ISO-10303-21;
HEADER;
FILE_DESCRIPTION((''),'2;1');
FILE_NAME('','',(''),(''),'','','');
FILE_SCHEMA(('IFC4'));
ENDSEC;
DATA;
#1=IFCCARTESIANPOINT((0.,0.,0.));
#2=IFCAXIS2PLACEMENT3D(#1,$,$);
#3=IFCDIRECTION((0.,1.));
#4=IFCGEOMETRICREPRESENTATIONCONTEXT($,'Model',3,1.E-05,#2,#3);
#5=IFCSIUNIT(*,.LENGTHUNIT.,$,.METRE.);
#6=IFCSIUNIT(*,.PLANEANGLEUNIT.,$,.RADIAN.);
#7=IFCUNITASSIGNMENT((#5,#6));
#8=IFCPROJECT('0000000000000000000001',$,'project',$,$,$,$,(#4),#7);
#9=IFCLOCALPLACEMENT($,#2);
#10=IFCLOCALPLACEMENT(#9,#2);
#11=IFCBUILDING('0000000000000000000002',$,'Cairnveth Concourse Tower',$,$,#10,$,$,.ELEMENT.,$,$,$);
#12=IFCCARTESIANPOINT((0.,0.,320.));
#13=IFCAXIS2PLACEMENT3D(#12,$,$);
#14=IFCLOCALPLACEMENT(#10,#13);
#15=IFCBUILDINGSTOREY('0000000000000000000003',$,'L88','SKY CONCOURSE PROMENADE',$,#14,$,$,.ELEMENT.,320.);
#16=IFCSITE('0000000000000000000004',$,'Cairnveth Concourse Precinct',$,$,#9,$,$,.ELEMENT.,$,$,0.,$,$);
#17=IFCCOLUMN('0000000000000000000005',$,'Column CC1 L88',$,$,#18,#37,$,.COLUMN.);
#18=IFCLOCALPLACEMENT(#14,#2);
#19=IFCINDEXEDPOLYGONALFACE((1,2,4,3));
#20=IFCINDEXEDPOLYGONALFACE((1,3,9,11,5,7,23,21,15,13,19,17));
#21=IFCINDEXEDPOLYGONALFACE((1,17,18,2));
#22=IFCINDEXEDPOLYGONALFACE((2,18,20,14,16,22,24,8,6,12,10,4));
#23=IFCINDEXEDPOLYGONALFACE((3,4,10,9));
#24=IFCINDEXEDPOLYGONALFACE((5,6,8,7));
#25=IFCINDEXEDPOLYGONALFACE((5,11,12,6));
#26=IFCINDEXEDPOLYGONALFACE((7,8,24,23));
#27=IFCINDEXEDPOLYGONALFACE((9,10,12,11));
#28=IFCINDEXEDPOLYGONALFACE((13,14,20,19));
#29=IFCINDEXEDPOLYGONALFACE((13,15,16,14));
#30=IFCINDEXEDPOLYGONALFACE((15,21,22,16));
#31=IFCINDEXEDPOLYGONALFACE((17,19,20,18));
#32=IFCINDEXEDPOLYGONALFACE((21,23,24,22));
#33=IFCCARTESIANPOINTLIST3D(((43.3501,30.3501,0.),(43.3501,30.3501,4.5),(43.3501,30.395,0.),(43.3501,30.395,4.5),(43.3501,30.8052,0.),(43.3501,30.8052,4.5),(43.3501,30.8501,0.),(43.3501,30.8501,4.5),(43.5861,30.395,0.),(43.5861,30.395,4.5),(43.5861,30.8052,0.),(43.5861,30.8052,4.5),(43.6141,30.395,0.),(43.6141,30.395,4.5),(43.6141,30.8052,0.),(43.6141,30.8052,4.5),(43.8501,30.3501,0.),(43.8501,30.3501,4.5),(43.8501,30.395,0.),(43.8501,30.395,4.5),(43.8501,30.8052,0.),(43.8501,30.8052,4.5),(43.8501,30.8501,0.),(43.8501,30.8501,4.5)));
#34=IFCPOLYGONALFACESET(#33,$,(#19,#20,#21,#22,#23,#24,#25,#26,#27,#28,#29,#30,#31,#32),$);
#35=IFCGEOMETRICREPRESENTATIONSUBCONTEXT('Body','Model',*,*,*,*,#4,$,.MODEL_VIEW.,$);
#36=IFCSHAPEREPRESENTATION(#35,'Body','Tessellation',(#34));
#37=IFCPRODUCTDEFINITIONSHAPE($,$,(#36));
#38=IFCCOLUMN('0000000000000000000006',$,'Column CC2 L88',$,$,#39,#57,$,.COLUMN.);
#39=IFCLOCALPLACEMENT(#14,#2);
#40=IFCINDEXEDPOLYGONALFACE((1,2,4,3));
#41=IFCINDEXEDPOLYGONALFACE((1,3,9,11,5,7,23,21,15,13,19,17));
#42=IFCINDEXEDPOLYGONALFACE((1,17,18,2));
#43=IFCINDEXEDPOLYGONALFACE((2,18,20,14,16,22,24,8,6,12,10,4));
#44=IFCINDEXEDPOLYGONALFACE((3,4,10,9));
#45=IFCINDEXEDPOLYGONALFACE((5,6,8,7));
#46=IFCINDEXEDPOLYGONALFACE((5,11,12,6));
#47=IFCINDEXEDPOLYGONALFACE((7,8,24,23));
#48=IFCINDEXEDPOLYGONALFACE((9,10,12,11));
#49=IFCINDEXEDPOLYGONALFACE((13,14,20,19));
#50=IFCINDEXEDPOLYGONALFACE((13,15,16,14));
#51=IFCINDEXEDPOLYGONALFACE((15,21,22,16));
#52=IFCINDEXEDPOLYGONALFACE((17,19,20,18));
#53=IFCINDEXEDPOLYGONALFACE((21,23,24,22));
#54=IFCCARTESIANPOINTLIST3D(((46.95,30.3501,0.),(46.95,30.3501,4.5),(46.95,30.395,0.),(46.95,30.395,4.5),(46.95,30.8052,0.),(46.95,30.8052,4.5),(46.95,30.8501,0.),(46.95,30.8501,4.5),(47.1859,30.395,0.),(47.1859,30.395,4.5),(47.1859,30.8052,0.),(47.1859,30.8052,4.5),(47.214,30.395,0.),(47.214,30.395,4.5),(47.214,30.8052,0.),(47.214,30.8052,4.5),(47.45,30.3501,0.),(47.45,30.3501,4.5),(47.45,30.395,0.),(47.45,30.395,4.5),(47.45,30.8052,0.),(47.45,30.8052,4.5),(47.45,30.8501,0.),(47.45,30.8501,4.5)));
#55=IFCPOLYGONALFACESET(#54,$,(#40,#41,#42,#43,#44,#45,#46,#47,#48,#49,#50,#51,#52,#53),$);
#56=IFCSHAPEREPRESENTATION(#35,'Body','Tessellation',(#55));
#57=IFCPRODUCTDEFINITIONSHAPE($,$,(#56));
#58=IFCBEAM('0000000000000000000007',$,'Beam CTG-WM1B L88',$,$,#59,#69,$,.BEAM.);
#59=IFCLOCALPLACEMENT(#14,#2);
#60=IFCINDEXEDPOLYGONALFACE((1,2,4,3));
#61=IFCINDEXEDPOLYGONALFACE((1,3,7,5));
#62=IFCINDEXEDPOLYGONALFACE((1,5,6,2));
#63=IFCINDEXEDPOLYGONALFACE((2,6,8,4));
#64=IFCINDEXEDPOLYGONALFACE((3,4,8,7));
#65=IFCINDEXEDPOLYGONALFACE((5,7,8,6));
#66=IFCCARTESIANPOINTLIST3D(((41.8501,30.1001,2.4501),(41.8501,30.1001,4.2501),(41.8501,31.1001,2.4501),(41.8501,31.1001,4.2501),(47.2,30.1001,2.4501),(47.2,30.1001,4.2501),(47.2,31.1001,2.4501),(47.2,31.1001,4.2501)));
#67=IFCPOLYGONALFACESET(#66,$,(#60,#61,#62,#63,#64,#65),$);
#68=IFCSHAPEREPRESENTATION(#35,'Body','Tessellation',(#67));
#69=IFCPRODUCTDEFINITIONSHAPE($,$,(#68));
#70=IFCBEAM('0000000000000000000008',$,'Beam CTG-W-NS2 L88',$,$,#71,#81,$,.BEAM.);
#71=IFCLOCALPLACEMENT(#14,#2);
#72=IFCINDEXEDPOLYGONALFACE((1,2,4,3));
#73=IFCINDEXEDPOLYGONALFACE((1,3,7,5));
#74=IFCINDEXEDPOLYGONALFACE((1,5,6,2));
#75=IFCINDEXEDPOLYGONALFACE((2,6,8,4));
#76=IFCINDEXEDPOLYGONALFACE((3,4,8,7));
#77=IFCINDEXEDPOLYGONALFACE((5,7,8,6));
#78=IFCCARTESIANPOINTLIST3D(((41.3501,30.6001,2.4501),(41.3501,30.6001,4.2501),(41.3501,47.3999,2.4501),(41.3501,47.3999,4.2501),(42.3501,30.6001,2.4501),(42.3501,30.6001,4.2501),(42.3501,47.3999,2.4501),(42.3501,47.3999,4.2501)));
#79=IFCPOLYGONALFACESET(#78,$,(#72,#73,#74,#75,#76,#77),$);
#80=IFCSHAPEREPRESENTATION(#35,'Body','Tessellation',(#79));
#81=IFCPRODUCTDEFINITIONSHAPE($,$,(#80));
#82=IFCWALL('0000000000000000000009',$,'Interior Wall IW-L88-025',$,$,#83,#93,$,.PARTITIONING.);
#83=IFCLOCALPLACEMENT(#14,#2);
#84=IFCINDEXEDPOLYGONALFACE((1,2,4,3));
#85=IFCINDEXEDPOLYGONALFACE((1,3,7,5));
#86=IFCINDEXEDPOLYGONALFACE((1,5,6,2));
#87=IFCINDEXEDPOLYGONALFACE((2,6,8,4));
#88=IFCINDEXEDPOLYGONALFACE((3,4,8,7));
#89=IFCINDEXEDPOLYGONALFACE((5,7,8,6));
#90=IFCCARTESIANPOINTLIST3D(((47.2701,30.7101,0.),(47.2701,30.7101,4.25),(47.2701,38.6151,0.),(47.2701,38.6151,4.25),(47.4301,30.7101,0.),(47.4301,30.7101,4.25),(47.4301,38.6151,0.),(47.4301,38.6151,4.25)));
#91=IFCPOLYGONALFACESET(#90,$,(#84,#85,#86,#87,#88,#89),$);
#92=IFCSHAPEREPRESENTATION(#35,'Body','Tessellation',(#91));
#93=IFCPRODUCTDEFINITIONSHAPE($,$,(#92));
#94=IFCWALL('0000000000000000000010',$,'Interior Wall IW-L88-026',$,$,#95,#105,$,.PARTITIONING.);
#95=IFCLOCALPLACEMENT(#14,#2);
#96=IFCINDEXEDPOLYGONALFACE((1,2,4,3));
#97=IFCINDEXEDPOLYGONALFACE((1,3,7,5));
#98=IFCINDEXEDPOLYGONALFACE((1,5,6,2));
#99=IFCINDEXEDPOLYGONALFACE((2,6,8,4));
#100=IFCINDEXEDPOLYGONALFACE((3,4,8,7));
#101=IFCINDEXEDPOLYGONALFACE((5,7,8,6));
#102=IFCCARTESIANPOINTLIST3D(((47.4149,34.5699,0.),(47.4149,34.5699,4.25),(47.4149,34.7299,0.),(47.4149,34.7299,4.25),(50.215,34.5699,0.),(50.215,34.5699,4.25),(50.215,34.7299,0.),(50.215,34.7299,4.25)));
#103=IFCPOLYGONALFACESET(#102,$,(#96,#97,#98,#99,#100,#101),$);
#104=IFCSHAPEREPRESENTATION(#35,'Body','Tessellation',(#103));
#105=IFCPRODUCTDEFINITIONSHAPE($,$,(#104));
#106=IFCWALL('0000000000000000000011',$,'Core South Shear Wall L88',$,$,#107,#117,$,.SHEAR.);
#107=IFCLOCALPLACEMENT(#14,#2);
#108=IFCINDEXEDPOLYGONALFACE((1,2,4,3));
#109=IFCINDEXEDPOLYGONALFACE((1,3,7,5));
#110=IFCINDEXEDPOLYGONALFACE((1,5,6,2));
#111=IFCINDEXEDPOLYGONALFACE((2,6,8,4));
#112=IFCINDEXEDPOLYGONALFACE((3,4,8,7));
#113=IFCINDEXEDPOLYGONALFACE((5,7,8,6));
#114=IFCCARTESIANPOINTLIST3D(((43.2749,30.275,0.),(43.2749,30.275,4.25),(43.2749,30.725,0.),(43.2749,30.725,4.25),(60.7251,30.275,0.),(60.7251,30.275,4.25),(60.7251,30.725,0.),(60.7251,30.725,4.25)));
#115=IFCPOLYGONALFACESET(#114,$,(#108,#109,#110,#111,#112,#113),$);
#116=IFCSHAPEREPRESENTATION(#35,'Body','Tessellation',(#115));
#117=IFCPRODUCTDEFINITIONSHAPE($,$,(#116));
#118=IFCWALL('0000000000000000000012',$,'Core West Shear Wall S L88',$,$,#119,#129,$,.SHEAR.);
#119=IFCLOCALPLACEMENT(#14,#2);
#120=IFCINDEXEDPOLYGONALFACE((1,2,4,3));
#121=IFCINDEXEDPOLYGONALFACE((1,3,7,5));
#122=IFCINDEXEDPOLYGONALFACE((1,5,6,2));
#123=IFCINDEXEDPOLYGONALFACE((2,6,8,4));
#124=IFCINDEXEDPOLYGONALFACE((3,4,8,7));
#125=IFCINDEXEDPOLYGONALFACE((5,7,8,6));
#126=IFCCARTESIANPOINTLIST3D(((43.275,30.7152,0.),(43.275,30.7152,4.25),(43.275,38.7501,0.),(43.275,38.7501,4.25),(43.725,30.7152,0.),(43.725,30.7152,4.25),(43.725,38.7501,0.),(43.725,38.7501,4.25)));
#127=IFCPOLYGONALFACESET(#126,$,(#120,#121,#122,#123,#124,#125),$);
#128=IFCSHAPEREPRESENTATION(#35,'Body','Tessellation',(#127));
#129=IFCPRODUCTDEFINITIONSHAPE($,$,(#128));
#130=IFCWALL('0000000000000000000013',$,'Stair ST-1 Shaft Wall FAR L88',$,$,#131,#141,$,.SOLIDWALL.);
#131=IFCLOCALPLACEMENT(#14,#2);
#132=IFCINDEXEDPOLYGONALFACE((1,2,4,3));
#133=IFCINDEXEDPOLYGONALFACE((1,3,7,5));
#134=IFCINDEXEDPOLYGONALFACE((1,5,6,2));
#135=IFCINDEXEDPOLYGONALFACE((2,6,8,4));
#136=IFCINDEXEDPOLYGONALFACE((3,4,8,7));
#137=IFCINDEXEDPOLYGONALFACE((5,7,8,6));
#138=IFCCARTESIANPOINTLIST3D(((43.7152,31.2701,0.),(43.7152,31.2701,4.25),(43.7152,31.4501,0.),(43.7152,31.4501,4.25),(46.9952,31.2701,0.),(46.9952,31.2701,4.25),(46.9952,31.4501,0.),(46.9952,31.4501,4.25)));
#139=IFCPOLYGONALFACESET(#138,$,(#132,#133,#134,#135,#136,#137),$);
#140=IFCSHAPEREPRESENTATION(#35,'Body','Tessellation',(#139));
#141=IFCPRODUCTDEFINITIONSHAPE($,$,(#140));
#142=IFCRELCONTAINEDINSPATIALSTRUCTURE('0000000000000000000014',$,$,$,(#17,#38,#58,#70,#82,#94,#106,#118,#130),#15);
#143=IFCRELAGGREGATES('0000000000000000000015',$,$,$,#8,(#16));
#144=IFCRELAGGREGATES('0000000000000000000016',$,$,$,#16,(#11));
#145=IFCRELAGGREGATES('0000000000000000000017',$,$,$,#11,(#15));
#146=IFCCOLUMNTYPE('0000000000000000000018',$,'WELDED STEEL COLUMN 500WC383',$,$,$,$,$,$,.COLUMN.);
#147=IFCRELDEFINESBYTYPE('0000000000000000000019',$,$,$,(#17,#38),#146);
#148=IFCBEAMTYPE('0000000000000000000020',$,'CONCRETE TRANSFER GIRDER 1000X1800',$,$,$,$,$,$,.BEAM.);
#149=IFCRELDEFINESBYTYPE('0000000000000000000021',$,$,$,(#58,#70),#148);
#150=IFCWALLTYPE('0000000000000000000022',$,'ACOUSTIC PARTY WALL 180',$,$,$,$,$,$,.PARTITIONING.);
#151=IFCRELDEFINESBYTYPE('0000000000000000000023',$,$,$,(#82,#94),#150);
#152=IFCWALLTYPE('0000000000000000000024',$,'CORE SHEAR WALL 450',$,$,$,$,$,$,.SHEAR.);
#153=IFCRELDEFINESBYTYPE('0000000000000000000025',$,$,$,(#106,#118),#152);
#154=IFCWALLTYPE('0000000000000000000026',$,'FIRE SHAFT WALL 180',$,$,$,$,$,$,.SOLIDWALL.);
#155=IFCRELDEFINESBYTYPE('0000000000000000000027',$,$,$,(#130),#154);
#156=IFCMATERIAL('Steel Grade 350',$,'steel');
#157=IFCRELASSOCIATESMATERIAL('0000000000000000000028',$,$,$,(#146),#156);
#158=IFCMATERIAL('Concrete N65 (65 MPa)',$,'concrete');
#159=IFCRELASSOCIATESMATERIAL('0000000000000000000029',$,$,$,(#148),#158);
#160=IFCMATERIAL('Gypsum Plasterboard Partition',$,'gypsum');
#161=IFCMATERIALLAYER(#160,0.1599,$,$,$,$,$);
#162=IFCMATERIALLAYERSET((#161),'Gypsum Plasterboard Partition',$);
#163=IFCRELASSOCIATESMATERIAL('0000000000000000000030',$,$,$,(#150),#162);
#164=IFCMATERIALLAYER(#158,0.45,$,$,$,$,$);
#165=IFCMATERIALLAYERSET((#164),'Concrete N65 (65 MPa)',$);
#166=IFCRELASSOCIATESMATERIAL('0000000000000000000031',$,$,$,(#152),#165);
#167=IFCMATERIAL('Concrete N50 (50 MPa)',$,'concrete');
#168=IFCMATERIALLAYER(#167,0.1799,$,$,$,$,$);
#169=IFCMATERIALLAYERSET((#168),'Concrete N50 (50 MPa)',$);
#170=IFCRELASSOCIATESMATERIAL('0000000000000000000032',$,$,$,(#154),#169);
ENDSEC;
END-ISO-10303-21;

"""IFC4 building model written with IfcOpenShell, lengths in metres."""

from ifc_helpers import new_model, si_unit, direction, frame, frame_2d, origin, origin_2d, place, context, subcontext, project, spatial, rectangle, i_section, extrude, material, layer, layer_set, material_profile, profile_set, type_object, element, save


model = new_model("IFC4")

# Units and contexts
model_context = context("Model", 3, precision=1e-05, world=origin(), true_north=direction((0.0, 1.0)))
body_context = subcontext(model_context, "Body", "Model", "MODEL_VIEW")
ifc_project = project(units=[si_unit("LENGTHUNIT", "METRE"), si_unit("PLANEANGLEUNIT", "RADIAN")], contexts=[model_context])

# Site, building, storey
site_placement = place(None, origin())
site = spatial("IfcSite", under=ifc_project, at=site_placement, Name="Cairnveth Concourse Precinct", CompositionType="ELEMENT", RefElevation=0.0)
building_placement = place(site_placement, origin())
building = spatial("IfcBuilding", under=site, at=building_placement, Name="Cairnveth Concourse Tower", CompositionType="ELEMENT")
storey_placement = place(building_placement, frame((0.0, 0.0, 320.0)))
storey = spatial("IfcBuildingStorey", under=building, at=storey_placement, Name="L88", Description="SKY CONCOURSE PROMENADE", CompositionType="ELEMENT", Elevation=320.0)

# Columns
ifc_material_1 = material(Name="Steel Grade 350", Category="steel")
ifc_material_profile_1 = material_profile(ifc_material_1, i_section(OverallWidth=0.5, OverallDepth=0.5, WebThickness=0.0281, FlangeThickness=0.0449, at=origin_2d()), Name="500WC383")
ifc_profile_set_1 = profile_set([ifc_material_profile_1], Name="Steel Grade 350")
column_type = type_object("IfcColumnType", Name="WELDED STEEL COLUMN 500WC383", PredefinedType="COLUMN", material=ifc_profile_set_1)
for number, where, z_axis, x_axis, name in (
    (1, (43.6001, 30.6001, 0.0), (0.0, 0.0, 1.0), (1.0, 0.0, 0.0), "Column CC1 L88"),
    (2, (47.2, 30.6001, 0.0), (0.0, 0.0, 1.0), (1.0, 0.0, 0.0), "Column CC2 L88"),
):
    element("IfcColumn", number, at=place(storey_placement, frame(where, z_axis=z_axis, x_axis=x_axis)), inside=storey, type_object=column_type, Name=name, PredefinedType="COLUMN", context=body_context, shape_type="SweptSolid", body=[
        extrude(i_section(OverallWidth=0.5, OverallDepth=0.5, WebThickness=0.0281, FlangeThickness=0.0449, at=origin_2d()), origin(), (0.0, 0.0, 1.0), 4.5),
    ])

# Beams
ifc_material_2 = material(Name="Concrete N65 (65 MPa)", Category="concrete")
ifc_material_profile_2 = material_profile(ifc_material_2, rectangle(XDim=1.0, YDim=1.8, at=origin_2d()), Name="RC-TB-1000x1800")
ifc_profile_set_2 = profile_set([ifc_material_profile_2], Name="Concrete N65 (65 MPa)")
beam_type = type_object("IfcBeamType", Name="CONCRETE TRANSFER GIRDER 1000X1800", PredefinedType="BEAM", material=ifc_profile_set_2)
beam_1_placement = place(storey_placement, frame((41.8501, 30.6001, 3.3501), z_axis=(1.0, 0.0, 0.0), x_axis=(0.0, 1.0, 0.0)))
element("IfcBeam", 3, at=beam_1_placement, inside=storey, type_object=beam_type, Name="Beam CTG-WM1B L88", PredefinedType="BEAM", context=body_context, shape_type="SweptSolid", body=[
    extrude(rectangle(XDim=1.0, YDim=1.8, at=origin_2d()), origin(), (0.0, 0.0, 1.0), 5.3499),
])
beam_2_placement = place(storey_placement, frame((41.8501, 30.6001, 3.3501), z_axis=(0.0, 1.0, 0.0), x_axis=(-1.0, 0.0, 0.0)))
element("IfcBeam", 4, at=beam_2_placement, inside=storey, type_object=beam_type, Name="Beam CTG-W-NS2 L88", PredefinedType="BEAM", context=body_context, shape_type="SweptSolid", body=[
    extrude(rectangle(XDim=1.0, YDim=1.8, at=origin_2d()), origin(), (0.0, 0.0, 1.0), 16.7998),
])

# Walls
ifc_material_3 = material(Name="Gypsum Plasterboard Partition", Category="gypsum")
ifc_layer_1 = layer(ifc_material_3, 0.1599)
ifc_layer_set_1 = layer_set([ifc_layer_1], Name="Gypsum Plasterboard Partition")
wall_type_1 = type_object("IfcWallType", Name="ACOUSTIC PARTY WALL 180", PredefinedType="PARTITIONING", material=ifc_layer_set_1)
wall_1_placement = place(storey_placement, frame((47.3501, 30.71, 0.0), z_axis=(0.0, 0.0, 1.0), x_axis=(0.0, 1.0, 0.0)))
element("IfcWall", 5, at=wall_1_placement, inside=storey, type_object=wall_type_1, Name="Interior Wall IW-L88-025", PredefinedType="PARTITIONING", context=body_context, shape_type="SweptSolid", body=[
    extrude(rectangle(XDim=7.905, YDim=0.1599, at=frame_2d((3.9526, 0.0))), origin(), (0.0, 0.0, 1.0), 4.25),
])
wall_2_placement = place(storey_placement, frame((47.415, 34.6499, 0.0), z_axis=(0.0, 0.0, 1.0), x_axis=(1.0, 0.0, 0.0)))
element("IfcWall", 6, at=wall_2_placement, inside=storey, type_object=wall_type_1, Name="Interior Wall IW-L88-026", PredefinedType="PARTITIONING", context=body_context, shape_type="SweptSolid", body=[
    extrude(rectangle(XDim=2.8, YDim=0.1599, at=frame_2d((1.3999, 0.0))), origin(), (0.0, 0.0, 1.0), 4.25),
])
ifc_layer_2 = layer(ifc_material_2, 0.45)
ifc_layer_set_2 = layer_set([ifc_layer_2], Name="Concrete N65 (65 MPa)")
wall_type_2 = type_object("IfcWallType", Name="CORE SHEAR WALL 450", PredefinedType="SHEAR", material=ifc_layer_set_2)
wall_3_placement = place(storey_placement, frame((43.2749, 30.5, 0.0), z_axis=(0.0, 0.0, 1.0), x_axis=(1.0, 0.0, 0.0)))
element("IfcWall", 7, at=wall_3_placement, inside=storey, type_object=wall_type_2, Name="Core South Shear Wall L88", PredefinedType="SHEAR", context=body_context, shape_type="SweptSolid", body=[
    extrude(rectangle(XDim=17.4502, YDim=0.45, at=frame_2d((8.7251, 0.0))), origin(), (0.0, 0.0, 1.0), 4.25),
])
wall_4_placement = place(storey_placement, frame((43.5, 30.7151, 0.0), z_axis=(0.0, 0.0, 1.0), x_axis=(0.0, 1.0, 0.0)))
element("IfcWall", 8, at=wall_4_placement, inside=storey, type_object=wall_type_2, Name="Core West Shear Wall S L88", PredefinedType="SHEAR", context=body_context, shape_type="SweptSolid", body=[
    extrude(rectangle(XDim=8.0349, YDim=0.45, at=frame_2d((4.0176, 0.0))), origin(), (0.0, 0.0, 1.0), 4.25),
])
ifc_material_4 = material(Name="Concrete N50 (50 MPa)", Category="concrete")
ifc_layer_3 = layer(ifc_material_4, 0.1799)
ifc_layer_set_3 = layer_set([ifc_layer_3], Name="Concrete N50 (50 MPa)")
wall_type_3 = type_object("IfcWallType", Name="FIRE SHAFT WALL 180", PredefinedType="SOLIDWALL", material=ifc_layer_set_3)
wall_5_placement = place(storey_placement, frame((43.7151, 31.3601, 0.0), z_axis=(0.0, 0.0, 1.0), x_axis=(1.0, 0.0, 0.0)))
element("IfcWall", 9, at=wall_5_placement, inside=storey, type_object=wall_type_3, Name="Stair ST-1 Shaft Wall FAR L88", PredefinedType="SOLIDWALL", context=body_context, shape_type="SweptSolid", body=[
    extrude(rectangle(XDim=3.28, YDim=0.1799, at=frame_2d((1.6401, 0.0))), origin(), (0.0, 0.0, 1.0), 4.25),
])

save(model, "model.ifc")
